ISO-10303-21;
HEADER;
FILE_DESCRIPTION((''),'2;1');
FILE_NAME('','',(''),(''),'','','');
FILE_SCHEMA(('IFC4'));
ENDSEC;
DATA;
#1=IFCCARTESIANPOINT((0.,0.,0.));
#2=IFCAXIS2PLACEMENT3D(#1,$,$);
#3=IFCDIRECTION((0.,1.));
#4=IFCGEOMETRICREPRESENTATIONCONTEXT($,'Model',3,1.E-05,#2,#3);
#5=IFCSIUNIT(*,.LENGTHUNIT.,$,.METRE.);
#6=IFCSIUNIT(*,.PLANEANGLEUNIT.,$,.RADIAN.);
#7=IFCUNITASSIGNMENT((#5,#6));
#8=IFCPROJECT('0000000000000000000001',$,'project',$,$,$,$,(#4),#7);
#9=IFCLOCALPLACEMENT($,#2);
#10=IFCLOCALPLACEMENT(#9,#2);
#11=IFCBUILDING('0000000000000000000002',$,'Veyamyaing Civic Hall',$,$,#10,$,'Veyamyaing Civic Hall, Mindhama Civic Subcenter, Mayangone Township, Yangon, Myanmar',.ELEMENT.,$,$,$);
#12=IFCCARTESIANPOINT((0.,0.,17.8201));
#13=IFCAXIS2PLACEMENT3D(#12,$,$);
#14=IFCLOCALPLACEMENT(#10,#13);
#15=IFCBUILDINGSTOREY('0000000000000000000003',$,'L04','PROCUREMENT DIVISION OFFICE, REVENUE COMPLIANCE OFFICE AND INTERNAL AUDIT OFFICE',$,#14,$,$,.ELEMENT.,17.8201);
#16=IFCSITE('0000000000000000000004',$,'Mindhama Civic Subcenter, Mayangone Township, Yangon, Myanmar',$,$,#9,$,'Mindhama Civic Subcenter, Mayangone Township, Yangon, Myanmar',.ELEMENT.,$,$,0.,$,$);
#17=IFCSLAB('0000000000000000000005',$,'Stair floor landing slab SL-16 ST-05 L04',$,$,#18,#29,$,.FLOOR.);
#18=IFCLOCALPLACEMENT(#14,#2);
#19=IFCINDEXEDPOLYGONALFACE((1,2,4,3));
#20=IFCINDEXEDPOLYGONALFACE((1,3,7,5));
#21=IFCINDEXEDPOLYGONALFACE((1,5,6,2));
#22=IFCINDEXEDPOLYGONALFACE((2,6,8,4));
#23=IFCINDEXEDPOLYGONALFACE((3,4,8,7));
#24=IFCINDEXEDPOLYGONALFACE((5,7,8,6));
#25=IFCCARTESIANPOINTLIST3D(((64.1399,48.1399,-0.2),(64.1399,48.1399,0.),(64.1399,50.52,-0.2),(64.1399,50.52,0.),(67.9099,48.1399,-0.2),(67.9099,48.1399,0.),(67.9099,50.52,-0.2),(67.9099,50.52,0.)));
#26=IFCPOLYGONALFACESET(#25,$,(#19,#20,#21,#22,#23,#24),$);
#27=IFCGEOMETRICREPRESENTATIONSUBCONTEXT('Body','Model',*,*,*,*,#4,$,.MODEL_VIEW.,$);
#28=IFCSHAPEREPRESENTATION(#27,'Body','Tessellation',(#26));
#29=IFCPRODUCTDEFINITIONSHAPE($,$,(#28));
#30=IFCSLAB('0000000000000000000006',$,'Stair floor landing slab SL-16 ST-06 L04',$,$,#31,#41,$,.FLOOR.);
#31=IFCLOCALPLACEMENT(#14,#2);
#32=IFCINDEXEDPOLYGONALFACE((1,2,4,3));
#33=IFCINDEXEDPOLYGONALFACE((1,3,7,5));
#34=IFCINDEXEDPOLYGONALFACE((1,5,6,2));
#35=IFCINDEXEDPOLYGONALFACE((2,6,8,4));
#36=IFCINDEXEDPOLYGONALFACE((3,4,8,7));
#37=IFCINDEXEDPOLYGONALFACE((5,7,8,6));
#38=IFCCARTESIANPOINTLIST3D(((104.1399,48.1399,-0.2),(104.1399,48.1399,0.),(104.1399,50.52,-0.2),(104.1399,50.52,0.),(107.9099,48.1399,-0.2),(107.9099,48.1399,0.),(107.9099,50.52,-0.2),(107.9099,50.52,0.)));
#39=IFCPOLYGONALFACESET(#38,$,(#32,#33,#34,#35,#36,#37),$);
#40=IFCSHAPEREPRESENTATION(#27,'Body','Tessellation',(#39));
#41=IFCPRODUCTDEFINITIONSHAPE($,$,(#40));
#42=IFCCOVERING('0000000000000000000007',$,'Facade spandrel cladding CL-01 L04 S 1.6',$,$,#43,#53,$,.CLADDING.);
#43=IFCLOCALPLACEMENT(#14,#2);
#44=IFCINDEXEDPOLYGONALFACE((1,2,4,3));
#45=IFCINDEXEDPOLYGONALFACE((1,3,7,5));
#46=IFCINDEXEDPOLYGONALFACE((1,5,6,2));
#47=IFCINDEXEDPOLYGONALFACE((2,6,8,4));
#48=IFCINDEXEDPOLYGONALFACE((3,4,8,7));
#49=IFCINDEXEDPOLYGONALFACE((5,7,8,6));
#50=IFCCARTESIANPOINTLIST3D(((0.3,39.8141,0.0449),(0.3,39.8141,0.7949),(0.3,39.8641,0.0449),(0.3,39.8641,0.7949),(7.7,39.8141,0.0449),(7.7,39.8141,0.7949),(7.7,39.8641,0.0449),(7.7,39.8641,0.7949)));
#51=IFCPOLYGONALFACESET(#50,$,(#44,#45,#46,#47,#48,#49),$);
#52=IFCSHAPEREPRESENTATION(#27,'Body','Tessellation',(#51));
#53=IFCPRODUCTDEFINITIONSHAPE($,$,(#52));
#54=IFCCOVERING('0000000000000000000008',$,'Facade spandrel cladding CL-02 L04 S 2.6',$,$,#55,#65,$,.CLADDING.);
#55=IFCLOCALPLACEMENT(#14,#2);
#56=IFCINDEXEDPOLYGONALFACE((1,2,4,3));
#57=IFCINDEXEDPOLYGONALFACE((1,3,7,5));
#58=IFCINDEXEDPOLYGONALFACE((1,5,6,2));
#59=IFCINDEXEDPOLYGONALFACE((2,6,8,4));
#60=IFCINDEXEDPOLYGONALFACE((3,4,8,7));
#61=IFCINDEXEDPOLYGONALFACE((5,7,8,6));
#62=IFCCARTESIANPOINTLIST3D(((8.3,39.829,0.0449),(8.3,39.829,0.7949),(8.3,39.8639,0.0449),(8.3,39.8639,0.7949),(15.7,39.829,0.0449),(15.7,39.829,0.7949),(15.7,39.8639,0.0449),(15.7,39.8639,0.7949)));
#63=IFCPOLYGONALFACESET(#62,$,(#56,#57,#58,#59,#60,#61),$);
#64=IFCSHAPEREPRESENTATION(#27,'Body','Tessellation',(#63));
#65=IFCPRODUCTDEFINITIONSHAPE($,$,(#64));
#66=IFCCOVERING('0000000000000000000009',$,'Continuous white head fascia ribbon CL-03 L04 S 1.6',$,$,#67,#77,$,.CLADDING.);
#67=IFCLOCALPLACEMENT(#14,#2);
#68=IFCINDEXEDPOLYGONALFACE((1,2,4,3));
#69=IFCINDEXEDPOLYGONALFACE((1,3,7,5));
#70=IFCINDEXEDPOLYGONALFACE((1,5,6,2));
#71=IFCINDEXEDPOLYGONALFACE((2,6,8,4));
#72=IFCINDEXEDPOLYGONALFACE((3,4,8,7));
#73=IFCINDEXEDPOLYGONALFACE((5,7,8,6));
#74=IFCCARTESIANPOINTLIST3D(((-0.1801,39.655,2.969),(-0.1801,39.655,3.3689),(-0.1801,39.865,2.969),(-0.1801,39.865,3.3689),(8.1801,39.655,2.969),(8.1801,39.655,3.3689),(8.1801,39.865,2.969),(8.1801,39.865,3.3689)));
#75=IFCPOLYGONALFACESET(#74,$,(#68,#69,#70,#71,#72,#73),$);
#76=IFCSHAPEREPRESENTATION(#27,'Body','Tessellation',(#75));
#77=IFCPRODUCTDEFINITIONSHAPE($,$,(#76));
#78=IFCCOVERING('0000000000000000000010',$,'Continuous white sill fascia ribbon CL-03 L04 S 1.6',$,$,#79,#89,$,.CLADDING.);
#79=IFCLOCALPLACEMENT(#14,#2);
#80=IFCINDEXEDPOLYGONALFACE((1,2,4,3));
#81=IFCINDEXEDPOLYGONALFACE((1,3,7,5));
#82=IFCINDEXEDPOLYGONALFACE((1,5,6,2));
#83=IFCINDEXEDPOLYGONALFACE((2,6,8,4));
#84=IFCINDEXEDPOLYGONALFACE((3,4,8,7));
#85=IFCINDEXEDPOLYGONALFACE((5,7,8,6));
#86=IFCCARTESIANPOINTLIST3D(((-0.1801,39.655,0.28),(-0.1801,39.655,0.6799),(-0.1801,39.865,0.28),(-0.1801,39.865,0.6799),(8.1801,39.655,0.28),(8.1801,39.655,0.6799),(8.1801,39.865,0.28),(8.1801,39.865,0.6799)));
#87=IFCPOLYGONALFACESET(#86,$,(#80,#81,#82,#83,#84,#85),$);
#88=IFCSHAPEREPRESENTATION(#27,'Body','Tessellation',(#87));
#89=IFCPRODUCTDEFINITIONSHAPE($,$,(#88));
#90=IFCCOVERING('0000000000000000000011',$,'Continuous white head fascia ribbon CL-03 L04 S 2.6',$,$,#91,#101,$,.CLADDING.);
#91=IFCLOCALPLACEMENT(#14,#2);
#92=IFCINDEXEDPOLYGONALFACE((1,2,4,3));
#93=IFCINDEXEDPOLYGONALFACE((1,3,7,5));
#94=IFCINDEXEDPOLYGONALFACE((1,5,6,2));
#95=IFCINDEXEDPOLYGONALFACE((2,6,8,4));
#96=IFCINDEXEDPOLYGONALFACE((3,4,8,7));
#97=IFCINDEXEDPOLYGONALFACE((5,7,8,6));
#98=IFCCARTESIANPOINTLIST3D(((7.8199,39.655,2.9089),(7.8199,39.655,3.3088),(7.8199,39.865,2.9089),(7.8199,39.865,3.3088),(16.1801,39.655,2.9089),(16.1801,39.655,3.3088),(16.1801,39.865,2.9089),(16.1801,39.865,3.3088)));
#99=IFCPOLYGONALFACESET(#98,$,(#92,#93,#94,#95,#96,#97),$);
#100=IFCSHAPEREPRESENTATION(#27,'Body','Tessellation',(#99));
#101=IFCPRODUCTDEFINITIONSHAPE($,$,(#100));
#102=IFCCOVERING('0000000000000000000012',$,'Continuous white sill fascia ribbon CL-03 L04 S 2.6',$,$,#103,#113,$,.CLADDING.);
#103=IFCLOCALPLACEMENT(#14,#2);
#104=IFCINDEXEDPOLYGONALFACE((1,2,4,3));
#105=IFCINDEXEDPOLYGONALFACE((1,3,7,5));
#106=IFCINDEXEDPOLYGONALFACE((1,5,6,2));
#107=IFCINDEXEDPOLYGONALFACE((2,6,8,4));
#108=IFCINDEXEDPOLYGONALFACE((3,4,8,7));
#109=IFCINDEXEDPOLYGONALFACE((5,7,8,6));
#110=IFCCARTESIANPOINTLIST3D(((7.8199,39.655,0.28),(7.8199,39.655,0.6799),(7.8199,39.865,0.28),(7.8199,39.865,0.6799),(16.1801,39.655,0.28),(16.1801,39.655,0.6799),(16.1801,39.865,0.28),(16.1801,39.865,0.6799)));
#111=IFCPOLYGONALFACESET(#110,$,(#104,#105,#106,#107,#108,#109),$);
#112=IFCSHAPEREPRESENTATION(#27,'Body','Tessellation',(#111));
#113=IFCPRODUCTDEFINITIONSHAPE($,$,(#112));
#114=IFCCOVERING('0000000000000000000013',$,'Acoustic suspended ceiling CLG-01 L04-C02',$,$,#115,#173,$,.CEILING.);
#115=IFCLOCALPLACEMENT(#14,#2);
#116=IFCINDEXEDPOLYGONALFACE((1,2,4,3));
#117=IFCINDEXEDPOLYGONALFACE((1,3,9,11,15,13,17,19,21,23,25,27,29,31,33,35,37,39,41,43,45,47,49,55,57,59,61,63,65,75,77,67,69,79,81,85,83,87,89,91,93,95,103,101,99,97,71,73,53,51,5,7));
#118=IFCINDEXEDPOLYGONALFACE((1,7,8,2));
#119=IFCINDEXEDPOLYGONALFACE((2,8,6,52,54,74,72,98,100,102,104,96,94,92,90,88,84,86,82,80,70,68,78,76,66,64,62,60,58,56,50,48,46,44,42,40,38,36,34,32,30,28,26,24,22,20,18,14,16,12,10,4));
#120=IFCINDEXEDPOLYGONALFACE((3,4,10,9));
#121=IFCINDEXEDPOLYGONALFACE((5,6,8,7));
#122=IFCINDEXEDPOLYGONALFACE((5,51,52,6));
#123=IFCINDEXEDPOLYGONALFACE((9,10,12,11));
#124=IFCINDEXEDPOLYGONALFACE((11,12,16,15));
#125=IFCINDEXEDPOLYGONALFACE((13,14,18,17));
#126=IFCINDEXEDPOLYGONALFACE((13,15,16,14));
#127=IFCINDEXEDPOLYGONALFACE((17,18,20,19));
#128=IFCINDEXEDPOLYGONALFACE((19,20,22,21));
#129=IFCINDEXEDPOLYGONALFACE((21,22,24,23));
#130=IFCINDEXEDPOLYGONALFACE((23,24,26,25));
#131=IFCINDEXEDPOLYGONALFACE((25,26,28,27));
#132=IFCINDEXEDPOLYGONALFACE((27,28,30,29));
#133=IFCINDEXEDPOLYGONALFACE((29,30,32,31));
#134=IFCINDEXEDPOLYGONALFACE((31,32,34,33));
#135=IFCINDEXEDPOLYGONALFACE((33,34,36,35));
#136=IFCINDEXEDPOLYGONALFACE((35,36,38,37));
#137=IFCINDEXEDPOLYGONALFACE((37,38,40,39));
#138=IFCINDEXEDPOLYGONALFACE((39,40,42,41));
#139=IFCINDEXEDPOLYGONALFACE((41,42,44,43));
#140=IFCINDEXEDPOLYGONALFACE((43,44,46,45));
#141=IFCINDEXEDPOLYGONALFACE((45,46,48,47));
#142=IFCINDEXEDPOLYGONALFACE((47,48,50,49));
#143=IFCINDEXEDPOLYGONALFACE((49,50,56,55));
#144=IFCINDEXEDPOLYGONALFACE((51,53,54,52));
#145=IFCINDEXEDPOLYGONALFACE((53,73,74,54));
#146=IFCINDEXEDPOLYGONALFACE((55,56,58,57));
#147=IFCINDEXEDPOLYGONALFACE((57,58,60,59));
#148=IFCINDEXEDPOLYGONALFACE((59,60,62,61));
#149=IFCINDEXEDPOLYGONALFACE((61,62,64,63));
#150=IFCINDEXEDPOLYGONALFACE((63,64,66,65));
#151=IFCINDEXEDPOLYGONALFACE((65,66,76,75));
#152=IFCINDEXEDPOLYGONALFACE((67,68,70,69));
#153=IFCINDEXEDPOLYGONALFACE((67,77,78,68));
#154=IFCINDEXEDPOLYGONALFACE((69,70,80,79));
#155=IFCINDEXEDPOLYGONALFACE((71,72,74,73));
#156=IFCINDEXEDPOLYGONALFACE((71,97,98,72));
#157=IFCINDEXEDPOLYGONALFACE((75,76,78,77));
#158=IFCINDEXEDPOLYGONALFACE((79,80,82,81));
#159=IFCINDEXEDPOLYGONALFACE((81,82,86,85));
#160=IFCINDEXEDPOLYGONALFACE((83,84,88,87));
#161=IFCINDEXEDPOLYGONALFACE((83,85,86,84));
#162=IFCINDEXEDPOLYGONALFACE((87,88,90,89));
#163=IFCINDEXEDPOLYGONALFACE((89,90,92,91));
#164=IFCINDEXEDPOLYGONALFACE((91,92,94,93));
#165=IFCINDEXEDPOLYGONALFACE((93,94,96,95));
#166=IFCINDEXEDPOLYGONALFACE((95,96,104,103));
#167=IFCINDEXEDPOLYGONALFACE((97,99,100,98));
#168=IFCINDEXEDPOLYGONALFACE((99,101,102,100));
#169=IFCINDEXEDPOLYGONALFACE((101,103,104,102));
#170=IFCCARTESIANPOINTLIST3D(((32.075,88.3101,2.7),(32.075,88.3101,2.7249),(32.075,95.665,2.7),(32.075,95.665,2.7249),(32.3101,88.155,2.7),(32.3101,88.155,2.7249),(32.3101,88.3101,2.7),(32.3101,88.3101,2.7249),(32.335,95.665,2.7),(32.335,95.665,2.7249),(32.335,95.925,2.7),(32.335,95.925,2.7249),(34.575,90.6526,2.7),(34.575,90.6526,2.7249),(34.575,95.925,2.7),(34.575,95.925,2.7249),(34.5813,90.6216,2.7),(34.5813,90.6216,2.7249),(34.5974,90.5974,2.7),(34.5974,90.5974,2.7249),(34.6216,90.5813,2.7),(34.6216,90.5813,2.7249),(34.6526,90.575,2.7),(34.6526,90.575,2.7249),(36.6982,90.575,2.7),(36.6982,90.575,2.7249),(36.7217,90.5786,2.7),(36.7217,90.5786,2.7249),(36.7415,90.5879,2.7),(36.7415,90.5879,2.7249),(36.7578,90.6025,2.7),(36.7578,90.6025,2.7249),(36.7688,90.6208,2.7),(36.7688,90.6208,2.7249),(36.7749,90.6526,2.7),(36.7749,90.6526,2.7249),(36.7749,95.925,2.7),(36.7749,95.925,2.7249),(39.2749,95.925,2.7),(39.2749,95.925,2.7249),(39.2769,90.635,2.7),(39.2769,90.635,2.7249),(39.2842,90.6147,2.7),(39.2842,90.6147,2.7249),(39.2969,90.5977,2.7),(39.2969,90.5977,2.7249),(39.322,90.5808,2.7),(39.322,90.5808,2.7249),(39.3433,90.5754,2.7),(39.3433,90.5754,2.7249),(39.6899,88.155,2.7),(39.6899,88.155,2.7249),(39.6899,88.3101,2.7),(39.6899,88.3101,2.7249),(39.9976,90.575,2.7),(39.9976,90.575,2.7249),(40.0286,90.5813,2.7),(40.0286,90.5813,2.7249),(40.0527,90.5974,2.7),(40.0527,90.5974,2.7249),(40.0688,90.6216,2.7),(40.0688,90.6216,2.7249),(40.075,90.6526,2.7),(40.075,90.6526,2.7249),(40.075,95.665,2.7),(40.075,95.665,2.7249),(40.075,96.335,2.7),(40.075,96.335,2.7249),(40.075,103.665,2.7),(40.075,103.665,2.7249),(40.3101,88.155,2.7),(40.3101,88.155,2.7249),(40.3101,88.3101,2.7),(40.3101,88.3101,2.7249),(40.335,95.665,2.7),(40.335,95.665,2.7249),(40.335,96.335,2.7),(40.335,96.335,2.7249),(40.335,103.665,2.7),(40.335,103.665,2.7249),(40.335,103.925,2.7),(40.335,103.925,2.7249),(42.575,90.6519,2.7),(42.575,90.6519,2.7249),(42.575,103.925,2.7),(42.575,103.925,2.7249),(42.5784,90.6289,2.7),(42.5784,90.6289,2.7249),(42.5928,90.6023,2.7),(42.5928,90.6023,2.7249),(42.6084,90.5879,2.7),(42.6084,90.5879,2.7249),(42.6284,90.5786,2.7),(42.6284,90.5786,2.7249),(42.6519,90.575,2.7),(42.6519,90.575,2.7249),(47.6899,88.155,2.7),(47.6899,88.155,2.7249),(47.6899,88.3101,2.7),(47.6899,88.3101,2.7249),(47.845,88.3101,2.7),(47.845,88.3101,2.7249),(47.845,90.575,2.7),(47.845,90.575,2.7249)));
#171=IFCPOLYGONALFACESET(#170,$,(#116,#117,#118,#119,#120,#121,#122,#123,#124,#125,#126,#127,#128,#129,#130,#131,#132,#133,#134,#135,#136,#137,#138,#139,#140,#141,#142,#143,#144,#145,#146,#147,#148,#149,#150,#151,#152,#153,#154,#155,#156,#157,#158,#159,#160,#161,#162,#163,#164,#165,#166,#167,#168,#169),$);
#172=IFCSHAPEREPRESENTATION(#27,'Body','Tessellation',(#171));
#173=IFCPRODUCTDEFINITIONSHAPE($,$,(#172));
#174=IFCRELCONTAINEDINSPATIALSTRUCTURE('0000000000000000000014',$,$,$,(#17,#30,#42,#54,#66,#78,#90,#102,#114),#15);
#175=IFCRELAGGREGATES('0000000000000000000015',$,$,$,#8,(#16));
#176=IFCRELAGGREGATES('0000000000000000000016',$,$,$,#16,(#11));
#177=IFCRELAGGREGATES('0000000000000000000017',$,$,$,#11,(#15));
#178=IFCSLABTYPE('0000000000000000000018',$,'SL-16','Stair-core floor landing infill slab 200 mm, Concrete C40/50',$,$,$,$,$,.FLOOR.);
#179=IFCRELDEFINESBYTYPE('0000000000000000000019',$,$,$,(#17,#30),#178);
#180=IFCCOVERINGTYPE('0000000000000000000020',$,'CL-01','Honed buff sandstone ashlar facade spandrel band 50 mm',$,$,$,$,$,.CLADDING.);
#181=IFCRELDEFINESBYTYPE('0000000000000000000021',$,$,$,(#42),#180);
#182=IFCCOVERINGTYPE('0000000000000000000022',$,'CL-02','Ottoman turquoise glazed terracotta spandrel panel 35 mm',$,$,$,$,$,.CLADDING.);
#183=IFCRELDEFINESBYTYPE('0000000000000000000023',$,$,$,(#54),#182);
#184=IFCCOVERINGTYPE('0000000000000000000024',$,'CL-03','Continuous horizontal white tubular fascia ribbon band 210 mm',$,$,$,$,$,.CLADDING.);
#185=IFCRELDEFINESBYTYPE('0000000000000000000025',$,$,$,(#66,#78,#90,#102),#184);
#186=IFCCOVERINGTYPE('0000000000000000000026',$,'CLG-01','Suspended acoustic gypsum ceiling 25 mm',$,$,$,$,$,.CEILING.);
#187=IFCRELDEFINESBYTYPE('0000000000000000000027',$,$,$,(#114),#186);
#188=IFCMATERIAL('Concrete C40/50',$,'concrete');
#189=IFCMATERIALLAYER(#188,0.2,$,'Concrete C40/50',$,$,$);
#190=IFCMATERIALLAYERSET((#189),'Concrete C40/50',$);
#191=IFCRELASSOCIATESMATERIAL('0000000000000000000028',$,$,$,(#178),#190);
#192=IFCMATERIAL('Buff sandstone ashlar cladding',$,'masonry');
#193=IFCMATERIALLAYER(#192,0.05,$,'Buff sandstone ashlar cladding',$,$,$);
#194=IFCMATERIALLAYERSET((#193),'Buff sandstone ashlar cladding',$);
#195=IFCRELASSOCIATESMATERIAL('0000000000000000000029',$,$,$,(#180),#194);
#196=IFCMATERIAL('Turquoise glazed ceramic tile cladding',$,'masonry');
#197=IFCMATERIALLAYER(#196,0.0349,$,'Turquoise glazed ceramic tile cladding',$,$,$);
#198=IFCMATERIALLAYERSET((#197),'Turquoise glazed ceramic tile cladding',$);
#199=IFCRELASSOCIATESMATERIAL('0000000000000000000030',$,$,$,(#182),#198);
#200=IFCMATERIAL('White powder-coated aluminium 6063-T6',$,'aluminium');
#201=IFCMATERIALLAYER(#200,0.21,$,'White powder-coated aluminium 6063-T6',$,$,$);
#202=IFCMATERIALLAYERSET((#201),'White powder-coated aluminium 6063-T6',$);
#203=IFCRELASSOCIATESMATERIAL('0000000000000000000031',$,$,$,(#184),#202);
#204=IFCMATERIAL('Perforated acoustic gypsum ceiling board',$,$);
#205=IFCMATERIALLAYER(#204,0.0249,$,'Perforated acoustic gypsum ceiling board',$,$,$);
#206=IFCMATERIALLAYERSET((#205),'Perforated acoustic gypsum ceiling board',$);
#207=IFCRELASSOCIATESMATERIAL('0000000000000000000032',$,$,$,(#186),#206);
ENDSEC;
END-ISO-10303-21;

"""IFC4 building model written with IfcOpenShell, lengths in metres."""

from ifc_helpers import new_model, si_unit, direction, frame, origin, origin_2d, place, context, subcontext, project, spatial, polyline, rectangle, outline, extrude, material, layer, layer_set, type_object, element, save


model = new_model("IFC4")

# Units and contexts
model_context = context("Model", 3, precision=1e-05, world=origin(), true_north=direction((0.0, 1.0)))
body_context = subcontext(model_context, "Body", "Model", "MODEL_VIEW")
ifc_project = project(units=[si_unit("LENGTHUNIT", "METRE"), si_unit("PLANEANGLEUNIT", "RADIAN")], contexts=[model_context])

# Site, building, storey
site_placement = place(None, origin())
site = spatial("IfcSite", under=ifc_project, at=site_placement, Name="Mindhama Civic Subcenter, Mayangone Township, Yangon, Myanmar", LongName="Mindhama Civic Subcenter, Mayangone Township, Yangon, Myanmar", CompositionType="ELEMENT", RefElevation=0.0)
building_placement = place(site_placement, origin())
building = spatial("IfcBuilding", under=site, at=building_placement, Name="Veyamyaing Civic Hall", LongName="Veyamyaing Civic Hall, Mindhama Civic Subcenter, Mayangone Township, Yangon, Myanmar", CompositionType="ELEMENT")
storey_placement = place(building_placement, frame((0.0, 0.0, 17.8201)))
storey = spatial("IfcBuildingStorey", under=building, at=storey_placement, Name="L04", Description="PROCUREMENT DIVISION OFFICE, REVENUE COMPLIANCE OFFICE AND INTERNAL AUDIT OFFICE", CompositionType="ELEMENT", Elevation=17.8201)

# Slabs
ifc_material_1 = material(Name="Concrete C40/50", Category="concrete")
ifc_layer_1 = layer(ifc_material_1, 0.2, Name="Concrete C40/50")
ifc_layer_set_1 = layer_set([ifc_layer_1], Name="Concrete C40/50")
slab_type = type_object("IfcSlabType", Name="SL-16", Description="Stair-core floor landing infill slab 200 mm, Concrete C40/50", PredefinedType="FLOOR", material=ifc_layer_set_1)
slab_1_placement = place(storey_placement, frame((0.0, 0.0, -0.2)))
element("IfcSlab", 1, at=slab_1_placement, inside=storey, type_object=slab_type, Name="Stair floor landing slab SL-16 ST-05 L04", PredefinedType="FLOOR", context=body_context, shape_type="SweptSolid", body=[
    extrude(outline(polyline([(64.1399, 48.1399), (67.9099, 48.1399), (67.9099, 50.52), (64.1399, 50.52), (64.1399, 48.1399)])), origin(), (0.0, 0.0, 1.0), 0.2),
])
slab_2_placement = place(storey_placement, frame((0.0, 0.0, -0.2)))
element("IfcSlab", 2, at=slab_2_placement, inside=storey, type_object=slab_type, Name="Stair floor landing slab SL-16 ST-06 L04", PredefinedType="FLOOR", context=body_context, shape_type="SweptSolid", body=[
    extrude(outline(polyline([(104.1399, 48.1399), (107.9099, 48.1399), (107.9099, 50.52), (104.1399, 50.52), (104.1399, 48.1399)])), origin(), (0.0, 0.0, 1.0), 0.2),
])

# Coverings
ifc_material_2 = material(Name="Buff sandstone ashlar cladding", Category="masonry")
ifc_layer_2 = layer(ifc_material_2, 0.05, Name="Buff sandstone ashlar cladding")
ifc_layer_set_2 = layer_set([ifc_layer_2], Name="Buff sandstone ashlar cladding")
covering_type_1 = type_object("IfcCoveringType", Name="CL-01", Description="Honed buff sandstone ashlar facade spandrel band 50 mm", PredefinedType="CLADDING", material=ifc_layer_set_2)
covering_1_placement = place(storey_placement, frame((4.0, 39.8391, 0.0449), z_axis=(0.0, 0.0, 1.0), x_axis=(1.0, 0.0, 0.0)))
element("IfcCovering", 3, at=covering_1_placement, inside=storey, type_object=covering_type_1, Name="Facade spandrel cladding CL-01 L04 S 1.6", PredefinedType="CLADDING", context=body_context, shape_type="SweptSolid", body=[
    extrude(rectangle(XDim=7.3999, YDim=0.05, at=origin_2d()), origin(), (0.0, 0.0, 1.0), 0.75),
])
ifc_material_3 = material(Name="Turquoise glazed ceramic tile cladding", Category="masonry")
ifc_layer_3 = layer(ifc_material_3, 0.0349, Name="Turquoise glazed ceramic tile cladding")
ifc_layer_set_3 = layer_set([ifc_layer_3], Name="Turquoise glazed ceramic tile cladding")
covering_type_2 = type_object("IfcCoveringType", Name="CL-02", Description="Ottoman turquoise glazed terracotta spandrel panel 35 mm", PredefinedType="CLADDING", material=ifc_layer_set_3)
covering_2_placement = place(storey_placement, frame((12.0, 39.8464, 0.0449), z_axis=(0.0, 0.0, 1.0), x_axis=(1.0, 0.0, 0.0)))
element("IfcCovering", 4, at=covering_2_placement, inside=storey, type_object=covering_type_2, Name="Facade spandrel cladding CL-02 L04 S 2.6", PredefinedType="CLADDING", context=body_context, shape_type="SweptSolid", body=[
    extrude(rectangle(XDim=7.3999, YDim=0.0349, at=origin_2d()), origin(), (0.0, 0.0, 1.0), 0.75),
])
ifc_material_4 = material(Name="White powder-coated aluminium 6063-T6", Category="aluminium")
ifc_layer_4 = layer(ifc_material_4, 0.21, Name="White powder-coated aluminium 6063-T6")
ifc_layer_set_4 = layer_set([ifc_layer_4], Name="White powder-coated aluminium 6063-T6")
covering_type_3 = type_object("IfcCoveringType", Name="CL-03", Description="Continuous horizontal white tubular fascia ribbon band 210 mm", PredefinedType="CLADDING", material=ifc_layer_set_4)
for number, where, z_axis, x_axis, name in (
    (5, (4.0, 39.76, 2.969), (0.0, 0.0, 1.0), (1.0, 0.0, 0.0), "Continuous white head fascia ribbon CL-03 L04 S 1.6"),
    (6, (4.0, 39.76, 0.28), (0.0, 0.0, 1.0), (1.0, 0.0, 0.0), "Continuous white sill fascia ribbon CL-03 L04 S 1.6"),
    (7, (12.0, 39.76, 2.9089), (0.0, 0.0, 1.0), (1.0, 0.0, 0.0), "Continuous white head fascia ribbon CL-03 L04 S 2.6"),
    (8, (12.0, 39.76, 0.28), (0.0, 0.0, 1.0), (1.0, 0.0, 0.0), "Continuous white sill fascia ribbon CL-03 L04 S 2.6"),
):
    element("IfcCovering", number, at=place(storey_placement, frame(where, z_axis=z_axis, x_axis=x_axis)), inside=storey, type_object=covering_type_3, Name=name, PredefinedType="CLADDING", context=body_context, shape_type="SweptSolid", body=[
        extrude(rectangle(XDim=8.3601, YDim=0.21, at=origin_2d()), origin(), (0.0, 0.0, 1.0), 0.3999),
    ])
ifc_material_5 = material(Name="Perforated acoustic gypsum ceiling board")
ifc_layer_5 = layer(ifc_material_5, 0.0249, Name="Perforated acoustic gypsum ceiling board")
ifc_layer_set_5 = layer_set([ifc_layer_5], Name="Perforated acoustic gypsum ceiling board")
covering_type_4 = type_object("IfcCoveringType", Name="CLG-01", Description="Suspended acoustic gypsum ceiling 25 mm", PredefinedType="CEILING", material=ifc_layer_set_5)
covering_3_placement = place(storey_placement, frame((0.0, 0.0, 2.7)))
element("IfcCovering", 9, at=covering_3_placement, inside=storey, type_object=covering_type_4, Name="Acoustic suspended ceiling CLG-01 L04-C02", PredefinedType="CEILING", context=body_context, shape_type="SweptSolid", body=[
    extrude(outline(polyline([(34.575, 95.925), (34.575, 90.6526), (34.5813, 90.6216), (34.5974, 90.5974), (34.6216, 90.5813), (34.6526, 90.575), (36.6982, 90.575), (36.7217, 90.5786), (36.7415, 90.5879), (36.7578, 90.6025), (36.7688, 90.6208), (36.7749, 90.6526), (36.7749, 95.925), (39.2749, 95.925), (39.2769, 90.635), (39.2842, 90.6147), (39.2969, 90.5977), (39.322, 90.5808), (39.3433, 90.5754), (39.9976, 90.575), (40.0286, 90.5813), (40.0527, 90.5974), (40.0688, 90.6216), (40.075, 90.6526), (40.075, 95.665), (40.335, 95.665), (40.335, 96.335), (40.075, 96.335), (40.075, 103.665), (40.335, 103.665), (40.335, 103.925), (42.575, 103.925), (42.575, 90.6519), (42.5784, 90.6289), (42.5928, 90.6023), (42.6084, 90.5879), (42.6284, 90.5786), (42.6519, 90.575), (47.845, 90.575), (47.845, 88.3101), (47.6899, 88.3101), (47.6899, 88.155), (40.3101, 88.155), (40.3101, 88.3101), (39.6899, 88.3101), (39.6899, 88.155), (32.3101, 88.155), (32.3101, 88.3101), (32.075, 88.3101), (32.075, 95.665), (32.335, 95.665), (32.335, 95.925), (34.575, 95.925)])), origin(), (0.0, 0.0, 1.0), 0.0249),
])

save(model, "model.ifc")
